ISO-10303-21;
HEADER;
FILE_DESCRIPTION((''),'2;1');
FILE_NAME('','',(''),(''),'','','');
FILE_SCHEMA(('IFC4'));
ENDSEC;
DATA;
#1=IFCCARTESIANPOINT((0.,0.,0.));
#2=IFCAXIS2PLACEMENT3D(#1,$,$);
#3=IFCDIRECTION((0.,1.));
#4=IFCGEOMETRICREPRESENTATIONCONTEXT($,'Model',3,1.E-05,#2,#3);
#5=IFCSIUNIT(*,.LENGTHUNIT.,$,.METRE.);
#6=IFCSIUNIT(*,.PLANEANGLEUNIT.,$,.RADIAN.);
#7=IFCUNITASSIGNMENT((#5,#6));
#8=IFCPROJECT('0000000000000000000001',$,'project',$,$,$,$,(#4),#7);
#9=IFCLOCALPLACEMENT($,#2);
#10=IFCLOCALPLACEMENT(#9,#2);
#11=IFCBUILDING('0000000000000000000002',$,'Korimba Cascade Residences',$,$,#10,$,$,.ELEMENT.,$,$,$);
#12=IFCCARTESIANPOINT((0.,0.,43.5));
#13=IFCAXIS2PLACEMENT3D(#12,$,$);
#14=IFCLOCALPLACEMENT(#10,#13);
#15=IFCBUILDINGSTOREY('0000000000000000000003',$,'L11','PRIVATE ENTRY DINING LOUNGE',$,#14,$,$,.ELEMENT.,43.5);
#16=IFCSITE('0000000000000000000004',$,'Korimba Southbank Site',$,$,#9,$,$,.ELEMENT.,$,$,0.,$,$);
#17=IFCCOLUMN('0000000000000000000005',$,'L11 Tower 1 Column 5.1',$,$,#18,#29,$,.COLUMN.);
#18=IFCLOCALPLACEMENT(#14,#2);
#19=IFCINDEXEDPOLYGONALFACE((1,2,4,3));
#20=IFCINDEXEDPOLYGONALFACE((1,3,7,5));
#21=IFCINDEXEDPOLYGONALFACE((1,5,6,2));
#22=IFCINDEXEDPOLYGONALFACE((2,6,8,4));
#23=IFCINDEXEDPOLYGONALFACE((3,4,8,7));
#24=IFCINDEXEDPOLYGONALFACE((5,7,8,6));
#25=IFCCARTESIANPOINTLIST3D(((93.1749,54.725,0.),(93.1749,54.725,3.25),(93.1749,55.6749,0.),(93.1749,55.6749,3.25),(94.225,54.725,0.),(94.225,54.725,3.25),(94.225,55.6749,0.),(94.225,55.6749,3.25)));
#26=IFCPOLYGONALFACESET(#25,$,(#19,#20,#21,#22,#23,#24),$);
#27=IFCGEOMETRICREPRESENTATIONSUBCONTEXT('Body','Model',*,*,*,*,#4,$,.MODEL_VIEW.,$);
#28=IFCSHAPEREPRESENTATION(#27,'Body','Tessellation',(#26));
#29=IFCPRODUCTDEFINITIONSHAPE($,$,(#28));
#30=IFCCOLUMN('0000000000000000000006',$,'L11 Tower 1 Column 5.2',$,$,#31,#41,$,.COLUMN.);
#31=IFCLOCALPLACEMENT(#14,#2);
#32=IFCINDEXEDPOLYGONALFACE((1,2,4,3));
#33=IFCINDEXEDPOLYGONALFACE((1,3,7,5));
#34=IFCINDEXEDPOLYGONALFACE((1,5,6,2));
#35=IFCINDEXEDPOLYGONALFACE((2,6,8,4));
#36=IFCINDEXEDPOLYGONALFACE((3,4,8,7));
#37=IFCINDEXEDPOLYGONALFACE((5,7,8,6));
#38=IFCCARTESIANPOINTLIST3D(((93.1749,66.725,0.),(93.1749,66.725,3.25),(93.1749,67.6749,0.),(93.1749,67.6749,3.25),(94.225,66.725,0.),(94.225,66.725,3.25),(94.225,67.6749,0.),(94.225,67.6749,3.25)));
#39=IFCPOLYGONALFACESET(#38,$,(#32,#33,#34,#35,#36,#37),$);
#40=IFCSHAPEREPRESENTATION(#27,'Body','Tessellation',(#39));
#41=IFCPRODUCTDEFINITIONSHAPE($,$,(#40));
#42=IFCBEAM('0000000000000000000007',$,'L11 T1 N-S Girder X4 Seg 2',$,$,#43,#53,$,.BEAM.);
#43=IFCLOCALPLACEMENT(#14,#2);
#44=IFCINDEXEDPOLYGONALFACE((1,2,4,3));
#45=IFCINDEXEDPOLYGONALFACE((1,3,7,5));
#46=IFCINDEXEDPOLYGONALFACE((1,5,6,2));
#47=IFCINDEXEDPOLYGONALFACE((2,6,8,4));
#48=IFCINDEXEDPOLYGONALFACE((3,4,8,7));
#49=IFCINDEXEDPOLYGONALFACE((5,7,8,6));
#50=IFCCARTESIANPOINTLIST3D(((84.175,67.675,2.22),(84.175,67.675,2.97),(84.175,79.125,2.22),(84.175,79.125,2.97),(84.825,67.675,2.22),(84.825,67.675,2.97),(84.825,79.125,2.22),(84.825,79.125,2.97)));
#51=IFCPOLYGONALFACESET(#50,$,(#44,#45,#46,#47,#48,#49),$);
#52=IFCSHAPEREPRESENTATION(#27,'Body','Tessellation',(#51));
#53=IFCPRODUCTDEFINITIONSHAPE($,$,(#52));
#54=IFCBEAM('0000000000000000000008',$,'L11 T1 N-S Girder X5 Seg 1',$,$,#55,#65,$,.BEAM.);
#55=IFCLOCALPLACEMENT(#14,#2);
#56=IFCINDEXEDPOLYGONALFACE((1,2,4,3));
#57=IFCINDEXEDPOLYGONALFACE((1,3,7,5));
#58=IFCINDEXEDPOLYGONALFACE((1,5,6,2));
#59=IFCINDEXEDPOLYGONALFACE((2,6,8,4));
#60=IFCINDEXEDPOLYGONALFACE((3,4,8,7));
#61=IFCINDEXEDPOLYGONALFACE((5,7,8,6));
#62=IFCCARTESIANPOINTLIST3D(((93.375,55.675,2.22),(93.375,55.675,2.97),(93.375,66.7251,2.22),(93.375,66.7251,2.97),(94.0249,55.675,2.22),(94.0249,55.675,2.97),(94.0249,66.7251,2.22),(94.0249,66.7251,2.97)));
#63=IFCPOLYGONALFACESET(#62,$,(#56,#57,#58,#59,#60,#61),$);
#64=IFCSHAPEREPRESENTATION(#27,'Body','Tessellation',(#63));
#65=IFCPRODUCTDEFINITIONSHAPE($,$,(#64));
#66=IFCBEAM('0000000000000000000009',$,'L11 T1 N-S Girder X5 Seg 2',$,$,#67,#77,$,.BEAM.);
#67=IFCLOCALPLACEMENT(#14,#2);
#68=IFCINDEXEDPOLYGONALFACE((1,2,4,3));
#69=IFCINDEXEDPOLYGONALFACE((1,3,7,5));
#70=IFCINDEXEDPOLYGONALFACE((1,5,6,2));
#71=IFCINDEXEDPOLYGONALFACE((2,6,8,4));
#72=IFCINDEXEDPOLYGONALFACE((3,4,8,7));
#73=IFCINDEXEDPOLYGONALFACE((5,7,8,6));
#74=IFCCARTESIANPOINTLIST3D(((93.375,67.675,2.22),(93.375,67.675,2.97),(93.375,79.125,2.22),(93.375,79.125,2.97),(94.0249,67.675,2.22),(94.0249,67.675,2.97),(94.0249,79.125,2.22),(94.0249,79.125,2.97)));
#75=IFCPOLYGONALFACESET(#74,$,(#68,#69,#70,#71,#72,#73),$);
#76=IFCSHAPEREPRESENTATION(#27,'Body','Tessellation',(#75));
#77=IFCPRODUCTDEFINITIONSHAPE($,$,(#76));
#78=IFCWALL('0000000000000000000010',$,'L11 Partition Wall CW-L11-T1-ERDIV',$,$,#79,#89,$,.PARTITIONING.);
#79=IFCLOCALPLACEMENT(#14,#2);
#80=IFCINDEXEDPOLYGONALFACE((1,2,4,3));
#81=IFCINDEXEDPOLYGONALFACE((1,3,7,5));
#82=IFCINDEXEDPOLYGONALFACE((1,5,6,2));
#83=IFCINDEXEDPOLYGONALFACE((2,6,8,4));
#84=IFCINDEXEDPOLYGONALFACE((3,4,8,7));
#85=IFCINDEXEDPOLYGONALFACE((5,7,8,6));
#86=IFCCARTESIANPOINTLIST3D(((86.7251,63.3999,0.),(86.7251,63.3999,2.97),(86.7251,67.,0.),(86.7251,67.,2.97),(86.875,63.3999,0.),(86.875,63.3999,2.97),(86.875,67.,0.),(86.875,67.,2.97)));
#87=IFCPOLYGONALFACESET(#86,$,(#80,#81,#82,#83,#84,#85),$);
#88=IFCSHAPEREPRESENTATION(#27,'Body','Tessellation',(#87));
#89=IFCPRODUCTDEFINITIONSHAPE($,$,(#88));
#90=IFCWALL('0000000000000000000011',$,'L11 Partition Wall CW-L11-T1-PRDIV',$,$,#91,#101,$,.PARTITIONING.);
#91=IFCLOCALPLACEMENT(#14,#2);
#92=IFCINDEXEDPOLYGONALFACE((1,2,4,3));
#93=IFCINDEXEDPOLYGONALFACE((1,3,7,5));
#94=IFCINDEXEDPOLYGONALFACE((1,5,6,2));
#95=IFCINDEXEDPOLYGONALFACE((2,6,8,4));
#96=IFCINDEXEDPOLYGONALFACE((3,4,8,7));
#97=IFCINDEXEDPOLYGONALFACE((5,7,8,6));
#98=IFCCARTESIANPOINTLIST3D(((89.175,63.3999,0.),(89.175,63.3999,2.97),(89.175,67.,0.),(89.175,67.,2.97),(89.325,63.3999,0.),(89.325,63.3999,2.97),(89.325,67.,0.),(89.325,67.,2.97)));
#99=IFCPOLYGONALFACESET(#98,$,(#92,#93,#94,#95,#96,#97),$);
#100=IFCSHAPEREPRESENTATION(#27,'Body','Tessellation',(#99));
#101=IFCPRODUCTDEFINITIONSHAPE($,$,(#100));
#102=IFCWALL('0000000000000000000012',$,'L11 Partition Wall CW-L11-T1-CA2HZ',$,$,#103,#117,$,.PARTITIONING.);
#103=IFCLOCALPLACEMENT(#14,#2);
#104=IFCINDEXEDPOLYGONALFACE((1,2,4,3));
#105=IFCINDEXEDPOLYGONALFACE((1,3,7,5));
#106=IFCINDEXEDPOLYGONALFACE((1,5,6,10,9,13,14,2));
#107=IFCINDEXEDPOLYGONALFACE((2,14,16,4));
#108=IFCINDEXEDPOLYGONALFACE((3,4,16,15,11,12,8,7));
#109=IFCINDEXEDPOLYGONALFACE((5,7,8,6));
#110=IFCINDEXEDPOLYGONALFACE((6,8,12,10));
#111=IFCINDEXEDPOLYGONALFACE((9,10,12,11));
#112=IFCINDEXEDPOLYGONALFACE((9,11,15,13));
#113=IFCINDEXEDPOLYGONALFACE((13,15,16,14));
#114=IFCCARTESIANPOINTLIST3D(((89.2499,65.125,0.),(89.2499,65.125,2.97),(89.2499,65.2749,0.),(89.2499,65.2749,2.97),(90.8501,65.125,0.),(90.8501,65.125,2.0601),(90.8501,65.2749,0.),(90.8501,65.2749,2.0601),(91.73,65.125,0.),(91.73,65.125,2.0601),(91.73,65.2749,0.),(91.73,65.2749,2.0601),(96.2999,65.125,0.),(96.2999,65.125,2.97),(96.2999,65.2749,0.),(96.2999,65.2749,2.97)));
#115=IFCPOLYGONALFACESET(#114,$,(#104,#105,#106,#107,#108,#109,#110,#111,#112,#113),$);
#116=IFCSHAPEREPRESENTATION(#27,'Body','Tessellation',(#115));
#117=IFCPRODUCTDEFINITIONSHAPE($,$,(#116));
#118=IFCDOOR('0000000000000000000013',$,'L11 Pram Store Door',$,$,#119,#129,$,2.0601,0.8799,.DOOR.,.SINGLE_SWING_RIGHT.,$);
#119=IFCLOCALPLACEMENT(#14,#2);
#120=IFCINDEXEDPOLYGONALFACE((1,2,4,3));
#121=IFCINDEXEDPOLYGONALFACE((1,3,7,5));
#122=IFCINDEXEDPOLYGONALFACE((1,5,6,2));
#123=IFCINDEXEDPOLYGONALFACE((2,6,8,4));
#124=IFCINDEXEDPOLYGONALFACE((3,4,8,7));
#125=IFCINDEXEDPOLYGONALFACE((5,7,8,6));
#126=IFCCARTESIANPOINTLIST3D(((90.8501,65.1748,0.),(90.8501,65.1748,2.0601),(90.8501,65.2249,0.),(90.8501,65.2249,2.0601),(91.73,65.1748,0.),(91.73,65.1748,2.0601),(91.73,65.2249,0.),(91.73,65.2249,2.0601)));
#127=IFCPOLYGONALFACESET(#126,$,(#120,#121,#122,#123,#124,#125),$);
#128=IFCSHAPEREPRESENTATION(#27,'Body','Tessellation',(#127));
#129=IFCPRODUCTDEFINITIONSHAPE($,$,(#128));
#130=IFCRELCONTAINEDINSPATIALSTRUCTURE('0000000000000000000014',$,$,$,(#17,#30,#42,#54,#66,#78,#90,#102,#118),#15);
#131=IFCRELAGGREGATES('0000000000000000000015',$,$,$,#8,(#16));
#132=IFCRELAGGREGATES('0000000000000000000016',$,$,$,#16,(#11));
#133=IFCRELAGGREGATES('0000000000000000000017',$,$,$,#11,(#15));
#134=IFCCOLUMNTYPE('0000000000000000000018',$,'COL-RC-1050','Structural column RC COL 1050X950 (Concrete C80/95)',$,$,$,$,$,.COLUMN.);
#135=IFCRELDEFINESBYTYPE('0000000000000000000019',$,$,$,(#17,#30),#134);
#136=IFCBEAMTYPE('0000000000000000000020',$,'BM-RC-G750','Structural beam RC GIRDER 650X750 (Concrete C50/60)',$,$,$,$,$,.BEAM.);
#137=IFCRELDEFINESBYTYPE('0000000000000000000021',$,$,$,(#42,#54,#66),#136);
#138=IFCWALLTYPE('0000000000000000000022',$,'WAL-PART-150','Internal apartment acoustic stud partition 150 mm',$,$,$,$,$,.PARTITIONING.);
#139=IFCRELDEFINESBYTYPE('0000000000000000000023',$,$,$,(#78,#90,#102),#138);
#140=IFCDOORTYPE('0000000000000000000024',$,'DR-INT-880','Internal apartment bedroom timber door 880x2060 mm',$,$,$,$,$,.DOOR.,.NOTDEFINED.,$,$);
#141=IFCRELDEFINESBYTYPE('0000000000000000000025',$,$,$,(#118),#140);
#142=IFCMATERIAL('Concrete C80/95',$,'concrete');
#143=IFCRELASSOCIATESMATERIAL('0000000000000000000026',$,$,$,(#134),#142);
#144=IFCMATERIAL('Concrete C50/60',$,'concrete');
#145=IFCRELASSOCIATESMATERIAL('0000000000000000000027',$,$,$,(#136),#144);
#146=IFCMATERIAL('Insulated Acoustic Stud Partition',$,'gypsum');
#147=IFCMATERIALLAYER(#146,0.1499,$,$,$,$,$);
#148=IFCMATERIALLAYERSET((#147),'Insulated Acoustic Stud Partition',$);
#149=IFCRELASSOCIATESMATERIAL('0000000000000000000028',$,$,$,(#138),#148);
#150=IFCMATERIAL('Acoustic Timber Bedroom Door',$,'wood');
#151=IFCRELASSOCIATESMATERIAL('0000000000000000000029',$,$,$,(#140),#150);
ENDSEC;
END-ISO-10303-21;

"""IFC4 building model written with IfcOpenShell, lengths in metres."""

from ifc_helpers import new_model, si_unit, direction, frame, frame_2d, origin, origin_2d, place, context, subcontext, project, spatial, rectangle, extrude, material, layer, layer_set, material_profile, profile_set, type_object, element, fill, save


model = new_model("IFC4")

# Units and contexts
model_context = context("Model", 3, precision=1e-05, world=origin(), true_north=direction((0.0, 1.0)))
body_context = subcontext(model_context, "Body", "Model", "MODEL_VIEW")
ifc_project = project(units=[si_unit("LENGTHUNIT", "METRE"), si_unit("PLANEANGLEUNIT", "RADIAN")], contexts=[model_context])

# Site, building, storey
site_placement = place(None, origin())
site = spatial("IfcSite", under=ifc_project, at=site_placement, Name="Korimba Southbank Site", CompositionType="ELEMENT", RefElevation=0.0)
building_placement = place(site_placement, origin())
building = spatial("IfcBuilding", under=site, at=building_placement, Name="Korimba Cascade Residences", CompositionType="ELEMENT")
storey_placement = place(building_placement, frame((0.0, 0.0, 43.5)))
storey = spatial("IfcBuildingStorey", under=building, at=storey_placement, Name="L11", Description="PRIVATE ENTRY DINING LOUNGE", CompositionType="ELEMENT", Elevation=43.5)

# Columns
ifc_material_1 = material(Name="Concrete C80/95", Category="concrete")
ifc_material_profile_1 = material_profile(ifc_material_1, rectangle(XDim=1.05, YDim=0.95, at=origin_2d()), Name="Concrete C80/95")
ifc_profile_set_1 = profile_set([ifc_material_profile_1], Name="Concrete C80/95")
column_type = type_object("IfcColumnType", Name="COL-RC-1050", Description="Structural column RC COL 1050X950 (Concrete C80/95)", PredefinedType="COLUMN", material=ifc_profile_set_1)
for number, where, z_axis, x_axis, name in (
    (1, (93.7, 55.2, 0.0), (0.0, 0.0, 1.0), (1.0, 0.0, 0.0), "L11 Tower 1 Column 5.1"),
    (2, (93.7, 67.2, 0.0), (0.0, 0.0, 1.0), (1.0, 0.0, 0.0), "L11 Tower 1 Column 5.2"),
):
    element("IfcColumn", number, at=place(storey_placement, frame(where, z_axis=z_axis, x_axis=x_axis)), inside=storey, type_object=column_type, Name=name, PredefinedType="COLUMN", context=body_context, shape_type="SweptSolid", body=[
        extrude(rectangle(XDim=1.05, YDim=0.95, at=origin_2d()), origin(), (0.0, 0.0, 1.0), 3.25),
    ])

# Beams
ifc_material_2 = material(Name="Concrete C50/60", Category="concrete")
ifc_material_profile_2 = material_profile(ifc_material_2, rectangle(XDim=0.6499, YDim=0.75, at=origin_2d()), Name="Concrete C50/60")
ifc_profile_set_2 = profile_set([ifc_material_profile_2], Name="Concrete C50/60")
beam_type = type_object("IfcBeamType", Name="BM-RC-G750", Description="Structural beam RC GIRDER 650X750 (Concrete C50/60)", PredefinedType="BEAM", material=ifc_profile_set_2)
beam_1_placement = place(storey_placement, frame((84.5, 67.675, 2.595), z_axis=(0.0, 1.0, 0.0), x_axis=(-1.0, 0.0, 0.0)))
element("IfcBeam", 3, at=beam_1_placement, inside=storey, type_object=beam_type, Name="L11 T1 N-S Girder X4 Seg 2", PredefinedType="BEAM", context=body_context, shape_type="SweptSolid", body=[
    extrude(rectangle(XDim=0.6499, YDim=0.75, at=origin_2d()), origin(), (0.0, 0.0, 1.0), 11.45),
])
beam_2_placement = place(storey_placement, frame((93.7, 55.675, 2.595), z_axis=(0.0, 1.0, 0.0), x_axis=(-1.0, 0.0, 0.0)))
element("IfcBeam", 4, at=beam_2_placement, inside=storey, type_object=beam_type, Name="L11 T1 N-S Girder X5 Seg 1", PredefinedType="BEAM", context=body_context, shape_type="SweptSolid", body=[
    extrude(rectangle(XDim=0.6499, YDim=0.75, at=origin_2d()), origin(), (0.0, 0.0, 1.0), 11.05),
])
beam_3_placement = place(storey_placement, frame((93.7, 67.675, 2.595), z_axis=(0.0, 1.0, 0.0), x_axis=(-1.0, 0.0, 0.0)))
element("IfcBeam", 5, at=beam_3_placement, inside=storey, type_object=beam_type, Name="L11 T1 N-S Girder X5 Seg 2", PredefinedType="BEAM", context=body_context, shape_type="SweptSolid", body=[
    extrude(rectangle(XDim=0.6499, YDim=0.75, at=origin_2d()), origin(), (0.0, 0.0, 1.0), 11.45),
])

# Walls
ifc_material_3 = material(Name="Insulated Acoustic Stud Partition", Category="gypsum")
ifc_layer_1 = layer(ifc_material_3, 0.1499)
ifc_layer_set_1 = layer_set([ifc_layer_1], Name="Insulated Acoustic Stud Partition")
wall_type_1 = type_object("IfcWallType", Name="WAL-PART-150", Description="Internal apartment acoustic stud partition 150 mm", PredefinedType="PARTITIONING", material=ifc_layer_set_1)
for number, where, z_axis, x_axis, name in (
    (6, (86.8, 63.3999, 0.0), (0.0, 0.0, 1.0), (0.0, 1.0, 0.0), "L11 Partition Wall CW-L11-T1-ERDIV"),
    (7, (89.25, 63.3999, 0.0), (0.0, 0.0, 1.0), (0.0, 1.0, 0.0), "L11 Partition Wall CW-L11-T1-PRDIV"),
):
    element("IfcWall", number, at=place(storey_placement, frame(where, z_axis=z_axis, x_axis=x_axis)), inside=storey, type_object=wall_type_1, Name=name, PredefinedType="PARTITIONING", context=body_context, shape_type="SweptSolid", body=[
        extrude(rectangle(XDim=3.6001, YDim=0.1499, at=frame_2d((1.8, 0.0))), origin(), (0.0, 0.0, 1.0), 2.97),
    ])

# Wall, opening, door
wall_1_placement = place(storey_placement, frame((89.25, 65.2, 0.0), z_axis=(0.0, 0.0, 1.0), x_axis=(1.0, 0.0, 0.0)))
wall_1 = element("IfcWall", 8, at=wall_1_placement, inside=storey, type_object=wall_type_1, Name="L11 Partition Wall CW-L11-T1-CA2HZ", PredefinedType="PARTITIONING", context=body_context, shape_type="SweptSolid", body=[
    extrude(rectangle(XDim=7.05, YDim=0.1499, at=frame_2d((3.5249, 0.0))), origin(), (0.0, 0.0, 1.0), 2.97),
])
opening_1_placement = place(wall_1_placement, frame((1.6001, 0.0, 0.0)))
opening_1 = element("IfcOpeningElement", 9, at=opening_1_placement, cuts=wall_1, PredefinedType="OPENING", context=body_context, shape_type="SweptSolid", body=[
    extrude(rectangle(XDim=0.8799, YDim=2.0601, at=frame_2d((0.4399, 1.03))), frame((0.0, 0.085, 0.0), z_axis=(0.0, -1.0, 0.0), x_axis=(1.0, 0.0, 0.0)), (0.0, 0.0, 1.0), 0.1699),
])
ifc_material_4 = material(Name="Acoustic Timber Bedroom Door", Category="wood")
door_type_1 = type_object("IfcDoorType", Name="DR-INT-880", Description="Internal apartment bedroom timber door 880x2060 mm", OperationType="NOTDEFINED", PredefinedType="DOOR", material=ifc_material_4)
door_1_placement = place(opening_1_placement, origin())
door_1 = element("IfcDoor", 10, at=door_1_placement, inside=storey, type_object=door_type_1, Name="L11 Pram Store Door", OperationType="SINGLE_SWING_RIGHT", OverallHeight=2.0601, OverallWidth=0.8799, PredefinedType="DOOR", context=body_context, shape_type="SweptSolid", body=[
    extrude(rectangle(XDim=0.8799, YDim=2.0601, at=frame_2d((0.4399, 1.03))), frame((0.0, 0.0249, 0.0), z_axis=(0.0, -1.0, 0.0), x_axis=(1.0, 0.0, 0.0)), (0.0, 0.0, 1.0), 0.05),
])
fill(opening_1, door_1)

save(model, "model.ifc")
